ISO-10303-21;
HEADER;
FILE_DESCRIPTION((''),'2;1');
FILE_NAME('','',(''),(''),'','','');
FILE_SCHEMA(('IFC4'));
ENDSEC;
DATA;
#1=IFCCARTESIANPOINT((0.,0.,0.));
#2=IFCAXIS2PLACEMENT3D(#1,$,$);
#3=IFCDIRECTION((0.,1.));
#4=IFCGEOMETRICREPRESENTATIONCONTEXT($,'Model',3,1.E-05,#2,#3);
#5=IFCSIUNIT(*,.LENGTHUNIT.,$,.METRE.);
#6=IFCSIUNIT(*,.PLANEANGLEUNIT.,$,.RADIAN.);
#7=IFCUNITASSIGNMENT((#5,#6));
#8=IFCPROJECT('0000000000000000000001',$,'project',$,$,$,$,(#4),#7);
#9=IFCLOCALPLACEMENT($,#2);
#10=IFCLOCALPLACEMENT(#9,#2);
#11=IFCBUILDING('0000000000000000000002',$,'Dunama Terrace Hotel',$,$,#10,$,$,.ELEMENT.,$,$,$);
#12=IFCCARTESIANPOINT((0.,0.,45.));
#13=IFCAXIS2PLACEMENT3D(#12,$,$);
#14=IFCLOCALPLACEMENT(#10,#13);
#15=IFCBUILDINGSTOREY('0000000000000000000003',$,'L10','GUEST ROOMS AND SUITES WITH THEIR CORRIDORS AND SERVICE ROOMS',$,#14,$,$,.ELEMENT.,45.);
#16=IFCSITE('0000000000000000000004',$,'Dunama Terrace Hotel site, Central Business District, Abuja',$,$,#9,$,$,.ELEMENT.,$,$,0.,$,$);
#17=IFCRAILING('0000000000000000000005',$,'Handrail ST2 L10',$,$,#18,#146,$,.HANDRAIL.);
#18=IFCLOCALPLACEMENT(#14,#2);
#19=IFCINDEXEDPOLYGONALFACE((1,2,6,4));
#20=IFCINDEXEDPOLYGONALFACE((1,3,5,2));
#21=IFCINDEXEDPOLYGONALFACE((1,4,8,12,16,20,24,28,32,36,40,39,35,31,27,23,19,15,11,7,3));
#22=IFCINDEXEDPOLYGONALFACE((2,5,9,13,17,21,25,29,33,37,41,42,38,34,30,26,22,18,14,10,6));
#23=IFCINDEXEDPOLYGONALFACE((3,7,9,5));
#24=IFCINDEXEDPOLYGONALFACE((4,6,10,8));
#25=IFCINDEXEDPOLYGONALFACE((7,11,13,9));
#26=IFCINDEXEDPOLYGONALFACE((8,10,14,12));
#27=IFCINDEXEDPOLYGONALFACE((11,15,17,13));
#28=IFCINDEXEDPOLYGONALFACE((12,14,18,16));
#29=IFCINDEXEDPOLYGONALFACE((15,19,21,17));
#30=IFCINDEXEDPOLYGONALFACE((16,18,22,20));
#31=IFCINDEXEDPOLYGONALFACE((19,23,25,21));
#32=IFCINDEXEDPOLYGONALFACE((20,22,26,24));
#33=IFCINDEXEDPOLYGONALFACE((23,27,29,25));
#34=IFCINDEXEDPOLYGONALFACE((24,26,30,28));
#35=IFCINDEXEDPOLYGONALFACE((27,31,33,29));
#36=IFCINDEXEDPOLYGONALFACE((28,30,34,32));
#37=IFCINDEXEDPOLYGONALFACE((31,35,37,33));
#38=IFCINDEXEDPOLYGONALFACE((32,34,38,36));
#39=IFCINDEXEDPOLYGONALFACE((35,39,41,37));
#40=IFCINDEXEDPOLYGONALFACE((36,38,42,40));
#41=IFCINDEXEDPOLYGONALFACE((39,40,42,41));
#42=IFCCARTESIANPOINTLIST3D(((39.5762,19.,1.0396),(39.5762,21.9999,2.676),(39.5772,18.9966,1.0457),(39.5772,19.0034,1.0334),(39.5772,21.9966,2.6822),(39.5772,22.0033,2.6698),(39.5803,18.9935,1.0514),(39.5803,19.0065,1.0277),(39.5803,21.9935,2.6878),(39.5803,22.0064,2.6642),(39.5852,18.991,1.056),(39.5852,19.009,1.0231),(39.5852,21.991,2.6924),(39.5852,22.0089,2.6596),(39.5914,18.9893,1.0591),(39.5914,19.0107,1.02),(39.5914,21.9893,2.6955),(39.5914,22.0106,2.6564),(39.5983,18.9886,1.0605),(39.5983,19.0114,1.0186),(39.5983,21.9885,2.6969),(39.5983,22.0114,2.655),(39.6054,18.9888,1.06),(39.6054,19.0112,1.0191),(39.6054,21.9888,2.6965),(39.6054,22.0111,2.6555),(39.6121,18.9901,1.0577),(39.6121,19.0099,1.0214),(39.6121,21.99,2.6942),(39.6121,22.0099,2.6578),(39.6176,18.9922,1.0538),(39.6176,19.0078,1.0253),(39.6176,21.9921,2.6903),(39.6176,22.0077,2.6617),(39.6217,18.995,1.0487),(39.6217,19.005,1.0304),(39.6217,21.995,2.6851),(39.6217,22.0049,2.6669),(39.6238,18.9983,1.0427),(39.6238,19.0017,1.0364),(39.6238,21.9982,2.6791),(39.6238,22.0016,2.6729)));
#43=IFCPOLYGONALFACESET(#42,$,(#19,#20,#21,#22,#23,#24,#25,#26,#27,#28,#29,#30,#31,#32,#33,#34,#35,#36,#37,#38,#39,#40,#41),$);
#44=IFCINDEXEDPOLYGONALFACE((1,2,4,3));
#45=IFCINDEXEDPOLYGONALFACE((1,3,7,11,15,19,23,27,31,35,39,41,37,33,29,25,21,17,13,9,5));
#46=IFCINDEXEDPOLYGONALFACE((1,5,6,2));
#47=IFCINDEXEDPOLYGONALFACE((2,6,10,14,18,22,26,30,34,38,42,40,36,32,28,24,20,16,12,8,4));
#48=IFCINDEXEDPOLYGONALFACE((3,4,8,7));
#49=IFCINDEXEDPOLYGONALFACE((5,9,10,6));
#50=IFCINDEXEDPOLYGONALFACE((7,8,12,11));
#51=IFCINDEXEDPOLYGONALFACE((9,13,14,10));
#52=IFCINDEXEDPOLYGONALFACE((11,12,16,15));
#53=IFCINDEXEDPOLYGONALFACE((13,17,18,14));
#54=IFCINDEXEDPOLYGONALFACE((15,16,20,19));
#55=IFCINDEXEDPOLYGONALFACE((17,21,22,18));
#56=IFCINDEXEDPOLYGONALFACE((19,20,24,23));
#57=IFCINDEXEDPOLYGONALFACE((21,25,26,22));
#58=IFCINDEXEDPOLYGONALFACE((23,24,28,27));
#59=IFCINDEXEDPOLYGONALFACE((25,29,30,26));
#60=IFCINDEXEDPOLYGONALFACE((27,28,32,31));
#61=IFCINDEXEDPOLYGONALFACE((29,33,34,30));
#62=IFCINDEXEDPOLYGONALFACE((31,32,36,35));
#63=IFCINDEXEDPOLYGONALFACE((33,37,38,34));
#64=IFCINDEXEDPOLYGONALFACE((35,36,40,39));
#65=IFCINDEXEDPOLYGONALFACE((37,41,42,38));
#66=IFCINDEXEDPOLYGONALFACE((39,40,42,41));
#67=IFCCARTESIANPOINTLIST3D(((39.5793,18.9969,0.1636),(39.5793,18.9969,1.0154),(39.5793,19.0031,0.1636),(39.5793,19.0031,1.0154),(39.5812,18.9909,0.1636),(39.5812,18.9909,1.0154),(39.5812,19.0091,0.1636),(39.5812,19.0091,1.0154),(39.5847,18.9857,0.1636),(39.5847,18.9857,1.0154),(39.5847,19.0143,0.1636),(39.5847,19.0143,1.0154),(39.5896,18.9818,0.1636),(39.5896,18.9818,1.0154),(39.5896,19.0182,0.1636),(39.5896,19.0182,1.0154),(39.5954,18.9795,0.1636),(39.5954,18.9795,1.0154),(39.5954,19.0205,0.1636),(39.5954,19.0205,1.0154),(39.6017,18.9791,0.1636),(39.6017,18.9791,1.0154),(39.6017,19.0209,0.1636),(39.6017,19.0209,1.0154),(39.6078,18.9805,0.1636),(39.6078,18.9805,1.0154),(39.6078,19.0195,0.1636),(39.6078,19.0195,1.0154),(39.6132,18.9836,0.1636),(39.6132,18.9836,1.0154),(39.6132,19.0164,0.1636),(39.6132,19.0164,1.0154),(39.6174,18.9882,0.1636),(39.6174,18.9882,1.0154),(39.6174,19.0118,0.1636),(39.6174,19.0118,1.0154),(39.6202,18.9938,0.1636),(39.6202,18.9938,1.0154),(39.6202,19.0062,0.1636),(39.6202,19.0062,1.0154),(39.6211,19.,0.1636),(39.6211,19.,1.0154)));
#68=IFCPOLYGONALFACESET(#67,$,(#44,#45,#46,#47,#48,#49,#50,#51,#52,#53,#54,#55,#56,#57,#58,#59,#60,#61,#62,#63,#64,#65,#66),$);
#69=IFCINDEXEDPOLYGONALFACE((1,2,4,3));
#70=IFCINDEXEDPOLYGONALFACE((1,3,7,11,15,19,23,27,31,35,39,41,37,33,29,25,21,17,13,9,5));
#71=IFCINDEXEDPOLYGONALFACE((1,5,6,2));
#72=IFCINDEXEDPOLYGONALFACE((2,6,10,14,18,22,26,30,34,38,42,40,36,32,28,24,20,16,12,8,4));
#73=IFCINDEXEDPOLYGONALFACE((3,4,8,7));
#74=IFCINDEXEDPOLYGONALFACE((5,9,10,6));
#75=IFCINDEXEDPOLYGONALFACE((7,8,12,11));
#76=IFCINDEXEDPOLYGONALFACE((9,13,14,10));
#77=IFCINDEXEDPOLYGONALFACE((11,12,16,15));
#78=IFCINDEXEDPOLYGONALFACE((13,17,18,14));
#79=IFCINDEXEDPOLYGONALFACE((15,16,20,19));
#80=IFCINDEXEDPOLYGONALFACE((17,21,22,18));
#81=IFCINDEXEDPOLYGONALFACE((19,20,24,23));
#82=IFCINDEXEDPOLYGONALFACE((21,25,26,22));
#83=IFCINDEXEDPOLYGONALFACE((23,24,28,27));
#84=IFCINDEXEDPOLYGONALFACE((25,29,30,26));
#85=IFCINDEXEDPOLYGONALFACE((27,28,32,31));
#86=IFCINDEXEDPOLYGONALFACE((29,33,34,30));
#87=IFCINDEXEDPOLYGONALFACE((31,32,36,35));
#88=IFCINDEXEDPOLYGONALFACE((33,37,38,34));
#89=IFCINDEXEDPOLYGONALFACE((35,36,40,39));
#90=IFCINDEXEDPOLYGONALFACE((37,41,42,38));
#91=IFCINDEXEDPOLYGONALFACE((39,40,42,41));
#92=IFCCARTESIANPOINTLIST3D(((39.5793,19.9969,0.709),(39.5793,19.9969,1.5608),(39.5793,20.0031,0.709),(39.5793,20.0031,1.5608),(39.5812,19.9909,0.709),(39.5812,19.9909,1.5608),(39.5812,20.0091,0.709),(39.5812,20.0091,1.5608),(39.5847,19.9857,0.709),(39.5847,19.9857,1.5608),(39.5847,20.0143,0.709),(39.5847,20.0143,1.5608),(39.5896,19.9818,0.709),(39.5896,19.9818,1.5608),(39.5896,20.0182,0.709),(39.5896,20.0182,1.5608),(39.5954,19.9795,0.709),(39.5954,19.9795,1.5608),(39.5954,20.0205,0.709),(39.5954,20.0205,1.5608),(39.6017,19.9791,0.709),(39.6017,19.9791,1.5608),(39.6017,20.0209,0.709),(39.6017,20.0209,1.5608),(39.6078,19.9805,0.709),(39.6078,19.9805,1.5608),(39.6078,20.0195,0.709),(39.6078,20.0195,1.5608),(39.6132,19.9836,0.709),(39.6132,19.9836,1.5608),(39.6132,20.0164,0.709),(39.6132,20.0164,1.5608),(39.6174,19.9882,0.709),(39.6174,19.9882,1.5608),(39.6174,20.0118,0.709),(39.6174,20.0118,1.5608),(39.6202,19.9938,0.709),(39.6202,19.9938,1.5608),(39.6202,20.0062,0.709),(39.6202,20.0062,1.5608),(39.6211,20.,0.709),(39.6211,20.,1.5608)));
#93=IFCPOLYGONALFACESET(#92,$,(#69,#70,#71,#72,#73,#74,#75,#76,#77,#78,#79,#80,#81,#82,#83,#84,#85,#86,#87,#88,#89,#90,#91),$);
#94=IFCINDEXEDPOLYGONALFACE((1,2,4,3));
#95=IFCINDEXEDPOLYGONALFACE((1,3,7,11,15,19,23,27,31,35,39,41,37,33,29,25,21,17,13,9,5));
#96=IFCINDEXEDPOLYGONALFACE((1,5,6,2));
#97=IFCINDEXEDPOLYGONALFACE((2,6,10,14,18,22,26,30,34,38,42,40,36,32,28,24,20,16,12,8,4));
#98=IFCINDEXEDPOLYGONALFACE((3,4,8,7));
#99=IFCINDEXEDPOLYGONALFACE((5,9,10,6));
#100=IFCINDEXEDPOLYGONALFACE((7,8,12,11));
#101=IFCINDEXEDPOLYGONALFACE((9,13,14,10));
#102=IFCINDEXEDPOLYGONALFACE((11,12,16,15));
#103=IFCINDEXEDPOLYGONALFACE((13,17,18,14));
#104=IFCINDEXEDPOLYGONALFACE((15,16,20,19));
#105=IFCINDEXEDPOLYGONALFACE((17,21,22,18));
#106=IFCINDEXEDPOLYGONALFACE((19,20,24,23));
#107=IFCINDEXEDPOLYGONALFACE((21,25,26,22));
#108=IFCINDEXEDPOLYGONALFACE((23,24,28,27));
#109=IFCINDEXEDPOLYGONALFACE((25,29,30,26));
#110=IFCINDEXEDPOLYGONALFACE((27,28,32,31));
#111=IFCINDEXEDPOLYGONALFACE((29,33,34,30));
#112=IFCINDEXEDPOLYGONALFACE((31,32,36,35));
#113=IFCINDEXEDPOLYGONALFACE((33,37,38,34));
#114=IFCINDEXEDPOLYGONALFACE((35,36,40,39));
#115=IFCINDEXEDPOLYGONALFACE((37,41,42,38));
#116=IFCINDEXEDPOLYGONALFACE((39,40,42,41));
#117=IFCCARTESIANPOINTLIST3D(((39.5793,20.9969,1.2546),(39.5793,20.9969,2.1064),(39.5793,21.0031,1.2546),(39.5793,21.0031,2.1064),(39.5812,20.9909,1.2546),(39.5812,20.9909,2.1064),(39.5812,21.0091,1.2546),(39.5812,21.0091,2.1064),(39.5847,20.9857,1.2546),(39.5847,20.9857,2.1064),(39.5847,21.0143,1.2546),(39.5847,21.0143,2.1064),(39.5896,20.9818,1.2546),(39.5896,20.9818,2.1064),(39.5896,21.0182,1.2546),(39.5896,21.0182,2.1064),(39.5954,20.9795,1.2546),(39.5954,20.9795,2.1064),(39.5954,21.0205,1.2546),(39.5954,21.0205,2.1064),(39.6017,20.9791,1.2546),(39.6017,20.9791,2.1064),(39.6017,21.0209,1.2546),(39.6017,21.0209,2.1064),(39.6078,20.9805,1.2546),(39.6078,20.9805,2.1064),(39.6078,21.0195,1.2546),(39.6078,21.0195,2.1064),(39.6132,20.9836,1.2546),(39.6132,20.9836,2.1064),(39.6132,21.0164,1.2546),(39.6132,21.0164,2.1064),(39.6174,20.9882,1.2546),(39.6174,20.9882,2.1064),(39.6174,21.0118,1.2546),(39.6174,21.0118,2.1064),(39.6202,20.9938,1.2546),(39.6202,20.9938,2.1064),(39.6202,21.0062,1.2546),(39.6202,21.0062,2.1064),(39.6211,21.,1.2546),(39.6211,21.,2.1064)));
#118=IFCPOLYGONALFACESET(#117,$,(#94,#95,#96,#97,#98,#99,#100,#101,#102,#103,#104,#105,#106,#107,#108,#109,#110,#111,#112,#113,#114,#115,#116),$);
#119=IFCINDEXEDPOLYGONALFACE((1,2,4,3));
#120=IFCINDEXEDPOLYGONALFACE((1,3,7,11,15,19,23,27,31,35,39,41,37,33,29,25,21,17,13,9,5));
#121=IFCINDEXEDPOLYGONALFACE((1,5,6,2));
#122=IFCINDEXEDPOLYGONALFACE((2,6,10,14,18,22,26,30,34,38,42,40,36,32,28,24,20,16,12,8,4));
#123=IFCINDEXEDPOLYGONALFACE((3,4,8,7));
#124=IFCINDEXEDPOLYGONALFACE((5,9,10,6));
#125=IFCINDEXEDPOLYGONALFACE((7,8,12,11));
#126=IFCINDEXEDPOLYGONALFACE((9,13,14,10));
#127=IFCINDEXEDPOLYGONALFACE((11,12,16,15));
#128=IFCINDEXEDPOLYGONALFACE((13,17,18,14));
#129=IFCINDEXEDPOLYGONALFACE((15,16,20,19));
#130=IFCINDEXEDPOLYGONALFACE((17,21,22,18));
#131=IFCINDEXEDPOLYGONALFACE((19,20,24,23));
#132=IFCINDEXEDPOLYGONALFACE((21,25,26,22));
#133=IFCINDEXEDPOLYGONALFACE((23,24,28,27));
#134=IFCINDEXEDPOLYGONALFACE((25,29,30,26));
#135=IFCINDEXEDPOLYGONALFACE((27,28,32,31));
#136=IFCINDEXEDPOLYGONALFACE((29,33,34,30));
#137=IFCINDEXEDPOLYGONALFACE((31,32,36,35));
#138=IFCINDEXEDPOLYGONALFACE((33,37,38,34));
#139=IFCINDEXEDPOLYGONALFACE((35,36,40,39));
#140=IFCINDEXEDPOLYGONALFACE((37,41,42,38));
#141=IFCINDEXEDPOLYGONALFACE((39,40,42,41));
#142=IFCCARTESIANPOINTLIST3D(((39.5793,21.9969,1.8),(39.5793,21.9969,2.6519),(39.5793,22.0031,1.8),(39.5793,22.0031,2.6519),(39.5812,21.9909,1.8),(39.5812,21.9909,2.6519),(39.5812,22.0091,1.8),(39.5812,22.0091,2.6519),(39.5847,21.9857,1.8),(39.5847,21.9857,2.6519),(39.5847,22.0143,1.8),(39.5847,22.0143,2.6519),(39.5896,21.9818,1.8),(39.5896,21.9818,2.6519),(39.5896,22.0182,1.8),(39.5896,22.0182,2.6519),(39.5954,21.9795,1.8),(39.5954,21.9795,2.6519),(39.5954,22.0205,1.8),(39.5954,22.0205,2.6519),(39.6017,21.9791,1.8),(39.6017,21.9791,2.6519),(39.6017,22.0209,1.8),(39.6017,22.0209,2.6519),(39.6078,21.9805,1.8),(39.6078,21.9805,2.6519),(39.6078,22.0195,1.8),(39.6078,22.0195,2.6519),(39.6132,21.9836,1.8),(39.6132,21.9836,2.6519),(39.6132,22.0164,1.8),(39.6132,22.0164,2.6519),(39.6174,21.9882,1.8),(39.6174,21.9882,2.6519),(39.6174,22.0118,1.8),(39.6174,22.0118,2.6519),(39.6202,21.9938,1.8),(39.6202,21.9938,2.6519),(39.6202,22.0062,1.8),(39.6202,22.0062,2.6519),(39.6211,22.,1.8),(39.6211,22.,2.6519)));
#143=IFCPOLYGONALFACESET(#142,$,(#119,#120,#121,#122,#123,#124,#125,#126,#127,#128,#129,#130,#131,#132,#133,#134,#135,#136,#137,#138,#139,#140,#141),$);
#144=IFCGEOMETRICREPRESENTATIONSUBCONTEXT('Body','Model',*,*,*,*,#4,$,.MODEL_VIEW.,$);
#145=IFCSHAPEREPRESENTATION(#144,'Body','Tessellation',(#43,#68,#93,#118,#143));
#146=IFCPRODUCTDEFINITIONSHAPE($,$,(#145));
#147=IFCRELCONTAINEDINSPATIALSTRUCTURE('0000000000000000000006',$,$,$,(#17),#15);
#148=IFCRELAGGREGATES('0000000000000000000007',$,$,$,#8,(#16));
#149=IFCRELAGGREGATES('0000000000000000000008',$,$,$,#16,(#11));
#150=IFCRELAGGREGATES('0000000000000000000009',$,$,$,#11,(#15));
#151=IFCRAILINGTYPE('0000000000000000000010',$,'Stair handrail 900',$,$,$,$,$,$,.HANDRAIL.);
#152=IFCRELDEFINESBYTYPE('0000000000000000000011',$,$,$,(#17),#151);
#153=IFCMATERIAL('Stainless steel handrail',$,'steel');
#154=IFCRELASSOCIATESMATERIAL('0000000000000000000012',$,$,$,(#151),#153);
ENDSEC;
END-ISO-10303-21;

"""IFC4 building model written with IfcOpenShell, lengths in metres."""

from ifc_helpers import new_model, si_unit, direction, frame, origin, origin_2d, place, context, subcontext, project, spatial, circle, extrude, material, type_object, element, save


model = new_model("IFC4")

# Units and contexts
model_context = context("Model", 3, precision=1e-05, world=origin(), true_north=direction((0.0, 1.0)))
body_context = subcontext(model_context, "Body", "Model", "MODEL_VIEW")
ifc_project = project(units=[si_unit("LENGTHUNIT", "METRE"), si_unit("PLANEANGLEUNIT", "RADIAN")], contexts=[model_context])

# Site, building, storey
site_placement = place(None, origin())
site = spatial("IfcSite", under=ifc_project, at=site_placement, Name="Dunama Terrace Hotel site, Central Business District, Abuja", CompositionType="ELEMENT", RefElevation=0.0)
building_placement = place(site_placement, origin())
building = spatial("IfcBuilding", under=site, at=building_placement, Name="Dunama Terrace Hotel", CompositionType="ELEMENT")
storey_placement = place(building_placement, frame((0.0, 0.0, 45.0)))
storey = spatial("IfcBuildingStorey", under=building, at=storey_placement, Name="L10", Description="GUEST ROOMS AND SUITES WITH THEIR CORRIDORS AND SERVICE ROOMS", CompositionType="ELEMENT", Elevation=45.0)

# Railing
ifc_material_1 = material(Name="Stainless steel handrail", Category="steel")
railing_type = type_object("IfcRailingType", Name="Stair handrail 900", PredefinedType="HANDRAIL", material=ifc_material_1)
railing_1_placement = place(storey_placement, frame((39.6001, 19.0, 0.1636)))
element("IfcRailing", 1, at=railing_1_placement, inside=storey, type_object=railing_type, Name="Handrail ST2 L10", PredefinedType="HANDRAIL", context=body_context, shape_type="SweptSolid", body=[
    extrude(circle(Radius=0.0239, at=origin_2d()), frame((0.0, 0.0, 0.876), z_axis=(0.0, 0.877882, 0.478877), x_axis=(-1.0, 0.0, 0.0)), (0.0, 0.0, 1.0), 3.4172),
    extrude(circle(Radius=0.021, at=origin_2d()), origin(), (0.0, 0.0, 1.0), 0.8518),
    extrude(circle(Radius=0.021, at=origin_2d()), frame((0.0, 1.0, 0.5454)), (0.0, 0.0, 1.0), 0.8518),
    extrude(circle(Radius=0.021, at=origin_2d()), frame((0.0, 2.0, 1.0911)), (0.0, 0.0, 1.0), 0.8518),
    extrude(circle(Radius=0.021, at=origin_2d()), frame((0.0, 3.0, 1.6365)), (0.0, 0.0, 1.0), 0.8518),
])

save(model, "model.ifc")
